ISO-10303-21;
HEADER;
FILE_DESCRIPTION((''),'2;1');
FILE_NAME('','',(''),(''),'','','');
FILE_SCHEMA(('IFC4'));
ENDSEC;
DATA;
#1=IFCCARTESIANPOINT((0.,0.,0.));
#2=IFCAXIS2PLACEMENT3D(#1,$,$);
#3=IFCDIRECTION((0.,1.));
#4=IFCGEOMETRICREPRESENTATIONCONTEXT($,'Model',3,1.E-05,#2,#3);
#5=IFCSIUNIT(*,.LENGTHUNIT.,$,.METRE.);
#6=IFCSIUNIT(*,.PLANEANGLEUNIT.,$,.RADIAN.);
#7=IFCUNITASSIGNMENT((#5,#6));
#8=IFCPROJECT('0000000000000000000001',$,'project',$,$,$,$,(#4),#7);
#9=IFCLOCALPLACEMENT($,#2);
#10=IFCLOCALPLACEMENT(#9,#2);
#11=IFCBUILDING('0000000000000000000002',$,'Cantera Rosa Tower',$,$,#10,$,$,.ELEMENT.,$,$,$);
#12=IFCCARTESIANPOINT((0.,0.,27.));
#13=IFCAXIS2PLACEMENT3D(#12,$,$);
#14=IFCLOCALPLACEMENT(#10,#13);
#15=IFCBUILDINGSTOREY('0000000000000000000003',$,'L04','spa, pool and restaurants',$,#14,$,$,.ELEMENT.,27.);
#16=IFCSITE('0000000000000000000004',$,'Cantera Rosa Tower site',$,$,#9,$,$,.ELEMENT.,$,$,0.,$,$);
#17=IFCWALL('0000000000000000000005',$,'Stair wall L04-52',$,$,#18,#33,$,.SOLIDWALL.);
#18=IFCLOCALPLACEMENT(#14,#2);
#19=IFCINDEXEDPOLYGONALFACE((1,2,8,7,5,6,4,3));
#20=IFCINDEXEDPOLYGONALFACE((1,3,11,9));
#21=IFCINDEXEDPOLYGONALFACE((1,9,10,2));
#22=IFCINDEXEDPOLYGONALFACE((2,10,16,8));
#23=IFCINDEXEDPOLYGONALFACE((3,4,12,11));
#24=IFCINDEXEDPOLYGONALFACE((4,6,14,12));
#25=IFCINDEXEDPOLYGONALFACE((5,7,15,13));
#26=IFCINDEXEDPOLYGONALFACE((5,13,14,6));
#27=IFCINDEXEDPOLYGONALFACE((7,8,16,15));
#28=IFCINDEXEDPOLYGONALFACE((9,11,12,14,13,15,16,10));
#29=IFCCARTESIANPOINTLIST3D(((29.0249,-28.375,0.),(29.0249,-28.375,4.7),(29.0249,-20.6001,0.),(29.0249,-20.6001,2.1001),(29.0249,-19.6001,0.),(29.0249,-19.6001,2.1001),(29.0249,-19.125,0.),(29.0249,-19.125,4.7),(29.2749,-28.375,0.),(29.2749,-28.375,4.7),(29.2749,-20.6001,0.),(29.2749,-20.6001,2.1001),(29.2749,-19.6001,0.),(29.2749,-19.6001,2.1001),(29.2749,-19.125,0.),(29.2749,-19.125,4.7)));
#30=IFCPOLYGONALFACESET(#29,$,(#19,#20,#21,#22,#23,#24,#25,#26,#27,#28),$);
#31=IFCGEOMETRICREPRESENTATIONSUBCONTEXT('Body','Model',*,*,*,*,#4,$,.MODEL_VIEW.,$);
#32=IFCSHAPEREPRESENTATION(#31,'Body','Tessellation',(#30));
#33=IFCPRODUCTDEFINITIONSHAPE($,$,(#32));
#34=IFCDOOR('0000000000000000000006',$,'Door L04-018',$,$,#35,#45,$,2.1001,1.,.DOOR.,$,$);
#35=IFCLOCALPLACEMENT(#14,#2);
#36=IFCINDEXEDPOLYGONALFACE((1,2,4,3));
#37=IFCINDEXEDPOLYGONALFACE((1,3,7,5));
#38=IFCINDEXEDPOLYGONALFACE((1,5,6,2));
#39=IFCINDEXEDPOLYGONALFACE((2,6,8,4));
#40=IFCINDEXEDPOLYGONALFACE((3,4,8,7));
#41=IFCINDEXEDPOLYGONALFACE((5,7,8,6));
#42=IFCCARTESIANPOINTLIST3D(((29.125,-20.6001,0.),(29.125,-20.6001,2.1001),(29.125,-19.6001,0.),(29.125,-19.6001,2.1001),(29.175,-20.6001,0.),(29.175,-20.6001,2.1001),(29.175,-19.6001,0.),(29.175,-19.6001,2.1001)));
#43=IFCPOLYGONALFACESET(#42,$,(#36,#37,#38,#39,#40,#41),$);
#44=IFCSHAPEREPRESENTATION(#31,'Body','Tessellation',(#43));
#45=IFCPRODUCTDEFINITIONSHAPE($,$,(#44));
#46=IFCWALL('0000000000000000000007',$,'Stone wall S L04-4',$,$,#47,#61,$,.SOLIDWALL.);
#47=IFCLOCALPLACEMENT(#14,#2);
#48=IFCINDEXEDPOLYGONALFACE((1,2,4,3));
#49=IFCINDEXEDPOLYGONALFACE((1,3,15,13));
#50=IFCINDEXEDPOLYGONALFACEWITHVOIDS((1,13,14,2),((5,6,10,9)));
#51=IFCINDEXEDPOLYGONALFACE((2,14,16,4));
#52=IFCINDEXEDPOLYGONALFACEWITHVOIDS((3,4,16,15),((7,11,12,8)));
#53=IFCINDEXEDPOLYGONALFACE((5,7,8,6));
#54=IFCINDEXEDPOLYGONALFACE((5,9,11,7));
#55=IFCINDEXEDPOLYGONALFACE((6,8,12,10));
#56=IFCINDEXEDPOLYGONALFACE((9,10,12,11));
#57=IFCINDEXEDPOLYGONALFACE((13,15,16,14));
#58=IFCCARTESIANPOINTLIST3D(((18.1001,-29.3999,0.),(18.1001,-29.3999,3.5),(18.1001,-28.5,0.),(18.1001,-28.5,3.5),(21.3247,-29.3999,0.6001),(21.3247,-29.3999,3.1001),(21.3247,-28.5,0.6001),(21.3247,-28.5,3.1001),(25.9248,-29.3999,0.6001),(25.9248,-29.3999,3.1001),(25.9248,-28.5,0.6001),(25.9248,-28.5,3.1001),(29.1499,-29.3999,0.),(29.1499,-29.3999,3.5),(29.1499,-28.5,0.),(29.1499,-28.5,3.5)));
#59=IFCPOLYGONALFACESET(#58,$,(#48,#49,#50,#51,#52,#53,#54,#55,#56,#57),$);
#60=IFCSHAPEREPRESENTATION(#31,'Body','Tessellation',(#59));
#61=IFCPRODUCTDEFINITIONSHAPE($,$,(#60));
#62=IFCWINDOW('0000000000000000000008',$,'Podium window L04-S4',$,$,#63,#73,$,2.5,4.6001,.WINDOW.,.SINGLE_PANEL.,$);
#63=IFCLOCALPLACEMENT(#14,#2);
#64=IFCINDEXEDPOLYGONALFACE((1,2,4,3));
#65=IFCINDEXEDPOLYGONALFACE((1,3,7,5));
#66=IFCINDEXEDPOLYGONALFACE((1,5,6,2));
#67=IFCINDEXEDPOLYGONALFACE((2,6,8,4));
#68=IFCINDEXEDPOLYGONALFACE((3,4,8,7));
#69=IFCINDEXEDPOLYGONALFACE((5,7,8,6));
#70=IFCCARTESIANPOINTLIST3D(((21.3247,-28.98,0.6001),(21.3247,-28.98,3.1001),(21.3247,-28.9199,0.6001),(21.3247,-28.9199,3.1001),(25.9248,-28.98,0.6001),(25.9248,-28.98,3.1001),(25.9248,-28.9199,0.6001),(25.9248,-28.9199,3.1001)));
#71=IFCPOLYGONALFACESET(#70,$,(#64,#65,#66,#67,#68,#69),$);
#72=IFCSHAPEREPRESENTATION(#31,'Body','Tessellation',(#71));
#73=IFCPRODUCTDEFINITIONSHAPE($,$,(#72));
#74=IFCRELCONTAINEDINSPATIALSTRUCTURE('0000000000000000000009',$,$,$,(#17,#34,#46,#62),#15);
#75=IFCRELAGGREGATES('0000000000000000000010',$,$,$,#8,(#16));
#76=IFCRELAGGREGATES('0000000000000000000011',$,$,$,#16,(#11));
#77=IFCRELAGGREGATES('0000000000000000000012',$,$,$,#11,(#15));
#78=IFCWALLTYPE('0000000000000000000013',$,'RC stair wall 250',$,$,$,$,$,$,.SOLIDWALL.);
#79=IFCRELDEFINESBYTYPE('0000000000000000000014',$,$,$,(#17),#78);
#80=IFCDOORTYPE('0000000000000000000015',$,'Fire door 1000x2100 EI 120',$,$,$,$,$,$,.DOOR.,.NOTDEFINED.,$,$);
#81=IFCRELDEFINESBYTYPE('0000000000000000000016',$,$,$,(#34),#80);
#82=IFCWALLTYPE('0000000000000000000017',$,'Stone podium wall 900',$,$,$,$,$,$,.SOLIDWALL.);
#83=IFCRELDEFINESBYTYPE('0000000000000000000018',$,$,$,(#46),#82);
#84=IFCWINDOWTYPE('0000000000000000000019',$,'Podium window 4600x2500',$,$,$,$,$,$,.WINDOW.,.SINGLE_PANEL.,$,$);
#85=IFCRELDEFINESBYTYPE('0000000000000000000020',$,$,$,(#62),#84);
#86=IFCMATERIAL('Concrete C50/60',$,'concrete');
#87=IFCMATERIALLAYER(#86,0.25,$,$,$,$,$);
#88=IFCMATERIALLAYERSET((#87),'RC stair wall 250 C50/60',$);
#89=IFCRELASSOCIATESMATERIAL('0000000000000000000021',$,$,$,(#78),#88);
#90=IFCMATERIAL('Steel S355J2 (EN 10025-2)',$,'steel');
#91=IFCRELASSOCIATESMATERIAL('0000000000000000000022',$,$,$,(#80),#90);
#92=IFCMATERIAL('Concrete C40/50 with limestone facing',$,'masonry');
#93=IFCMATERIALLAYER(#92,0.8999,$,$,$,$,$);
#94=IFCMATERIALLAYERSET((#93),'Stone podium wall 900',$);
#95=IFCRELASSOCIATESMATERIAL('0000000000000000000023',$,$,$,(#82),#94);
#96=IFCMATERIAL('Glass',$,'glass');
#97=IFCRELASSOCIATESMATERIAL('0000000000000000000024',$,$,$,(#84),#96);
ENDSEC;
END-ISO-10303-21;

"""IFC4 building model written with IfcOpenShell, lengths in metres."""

from ifc_helpers import new_model, si_unit, direction, frame, frame_2d, origin, place, context, subcontext, project, spatial, rectangle, extrude, material, layer, layer_set, type_object, element, fill, save


model = new_model("IFC4")

# Units and contexts
model_context = context("Model", 3, precision=1e-05, world=origin(), true_north=direction((0.0, 1.0)))
body_context = subcontext(model_context, "Body", "Model", "MODEL_VIEW")
ifc_project = project(units=[si_unit("LENGTHUNIT", "METRE"), si_unit("PLANEANGLEUNIT", "RADIAN")], contexts=[model_context])

# Site, building, storey
site_placement = place(None, origin())
site = spatial("IfcSite", under=ifc_project, at=site_placement, Name="Cantera Rosa Tower site", CompositionType="ELEMENT", RefElevation=0.0)
building_placement = place(site_placement, origin())
building = spatial("IfcBuilding", under=site, at=building_placement, Name="Cantera Rosa Tower", CompositionType="ELEMENT")
storey_placement = place(building_placement, frame((0.0, 0.0, 27.0)))
storey = spatial("IfcBuildingStorey", under=building, at=storey_placement, Name="L04", Description="spa, pool and restaurants", CompositionType="ELEMENT", Elevation=27.0)

# Shared definitions
ifc_material_1 = material(Name="Concrete C50/60", Category="concrete")
ifc_layer_1 = layer(ifc_material_1, 0.25)
ifc_layer_set_1 = layer_set([ifc_layer_1], Name="RC stair wall 250 C50/60")
wall_type_1 = type_object("IfcWallType", Name="RC stair wall 250", PredefinedType="SOLIDWALL", material=ifc_layer_set_1)

# Wall, opening, door
wall_1_placement = place(storey_placement, frame((29.1499, -28.375, 0.0), z_axis=(0.0, 0.0, 1.0), x_axis=(0.0, 1.0, 0.0)))
wall_1 = element("IfcWall", 1, at=wall_1_placement, inside=storey, type_object=wall_type_1, Name="Stair wall L04-52", PredefinedType="SOLIDWALL", context=body_context, shape_type="SweptSolid", body=[
    extrude(rectangle(XDim=9.25, YDim=0.25, at=frame_2d((4.625, 0.0))), origin(), (0.0, 0.0, 1.0), 4.7),
])
opening_1_placement = place(wall_1_placement, frame((7.7749, 0.0, 0.0)))
opening_1 = element("IfcOpeningElement", 2, at=opening_1_placement, cuts=wall_1, PredefinedType="OPENING", context=body_context, shape_type="SweptSolid", body=[
    extrude(rectangle(XDim=1.0, YDim=2.1001, at=frame_2d((0.5, 1.05))), frame((0.0, 0.135, 0.0), z_axis=(0.0, -1.0, 0.0), x_axis=(1.0, 0.0, 0.0)), (0.0, 0.0, 1.0), 0.27),
])
ifc_material_2 = material(Name="Steel S355J2 (EN 10025-2)", Category="steel")
door_type = type_object("IfcDoorType", Name="Fire door 1000x2100 EI 120", OperationType="NOTDEFINED", PredefinedType="DOOR", material=ifc_material_2)
door_placement = place(opening_1_placement, origin())
door = element("IfcDoor", 3, at=door_placement, inside=storey, type_object=door_type, Name="Door L04-018", OverallHeight=2.1001, OverallWidth=1.0, PredefinedType="DOOR", context=body_context, shape_type="SweptSolid", body=[
    extrude(rectangle(XDim=1.0, YDim=2.1001, at=frame_2d((0.5, 1.05))), frame((0.0, 0.0249, 0.0), z_axis=(0.0, -1.0, 0.0), x_axis=(1.0, 0.0, 0.0)), (0.0, 0.0, 1.0), 0.05),
])
fill(opening_1, door)

# Wall, opening, window
ifc_material_3 = material(Name="Concrete C40/50 with limestone facing", Category="masonry")
ifc_layer_2 = layer(ifc_material_3, 0.8999)
ifc_layer_set_2 = layer_set([ifc_layer_2], Name="Stone podium wall 900")
wall_type_2 = type_object("IfcWallType", Name="Stone podium wall 900", PredefinedType="SOLIDWALL", material=ifc_layer_set_2)
wall_2_placement = place(storey_placement, frame((29.1499, -28.95, 0.0), z_axis=(0.0, 0.0, 1.0), x_axis=(-1.0, 0.0, 0.0)))
wall_2 = element("IfcWall", 4, at=wall_2_placement, inside=storey, type_object=wall_type_2, Name="Stone wall S L04-4", PredefinedType="SOLIDWALL", context=body_context, shape_type="SweptSolid", body=[
    extrude(rectangle(XDim=11.0498, YDim=0.8999, at=frame_2d((5.5249, 0.0))), origin(), (0.0, 0.0, 1.0), 3.5),
])
opening_2_placement = place(wall_2_placement, frame((3.2251, 0.0, 0.6001)))
opening_2 = element("IfcOpeningElement", 5, at=opening_2_placement, cuts=wall_2, PredefinedType="OPENING", context=body_context, shape_type="SweptSolid", body=[
    extrude(rectangle(XDim=4.6001, YDim=2.5, at=frame_2d((2.3, 1.25))), frame((0.0, 0.46, 0.0), z_axis=(0.0, -1.0, 0.0), x_axis=(1.0, 0.0, 0.0)), (0.0, 0.0, 1.0), 0.9199),
])
ifc_material_4 = material(Name="Glass", Category="glass")
window_type = type_object("IfcWindowType", Name="Podium window 4600x2500", PartitioningType="SINGLE_PANEL", PredefinedType="WINDOW", material=ifc_material_4)
window_placement = place(opening_2_placement, origin())
window = element("IfcWindow", 6, at=window_placement, inside=storey, type_object=window_type, Name="Podium window L04-S4", OverallHeight=2.5, OverallWidth=4.6001, PartitioningType="SINGLE_PANEL", PredefinedType="WINDOW", context=body_context, shape_type="SweptSolid", body=[
    extrude(rectangle(XDim=4.6001, YDim=2.5, at=frame_2d((2.3, 1.25))), frame((0.0, 0.03, 0.0), z_axis=(0.0, -1.0, 0.0), x_axis=(1.0, 0.0, 0.0)), (0.0, 0.0, 1.0), 0.0601),
])
fill(opening_2, window)

save(model, "model.ifc")
